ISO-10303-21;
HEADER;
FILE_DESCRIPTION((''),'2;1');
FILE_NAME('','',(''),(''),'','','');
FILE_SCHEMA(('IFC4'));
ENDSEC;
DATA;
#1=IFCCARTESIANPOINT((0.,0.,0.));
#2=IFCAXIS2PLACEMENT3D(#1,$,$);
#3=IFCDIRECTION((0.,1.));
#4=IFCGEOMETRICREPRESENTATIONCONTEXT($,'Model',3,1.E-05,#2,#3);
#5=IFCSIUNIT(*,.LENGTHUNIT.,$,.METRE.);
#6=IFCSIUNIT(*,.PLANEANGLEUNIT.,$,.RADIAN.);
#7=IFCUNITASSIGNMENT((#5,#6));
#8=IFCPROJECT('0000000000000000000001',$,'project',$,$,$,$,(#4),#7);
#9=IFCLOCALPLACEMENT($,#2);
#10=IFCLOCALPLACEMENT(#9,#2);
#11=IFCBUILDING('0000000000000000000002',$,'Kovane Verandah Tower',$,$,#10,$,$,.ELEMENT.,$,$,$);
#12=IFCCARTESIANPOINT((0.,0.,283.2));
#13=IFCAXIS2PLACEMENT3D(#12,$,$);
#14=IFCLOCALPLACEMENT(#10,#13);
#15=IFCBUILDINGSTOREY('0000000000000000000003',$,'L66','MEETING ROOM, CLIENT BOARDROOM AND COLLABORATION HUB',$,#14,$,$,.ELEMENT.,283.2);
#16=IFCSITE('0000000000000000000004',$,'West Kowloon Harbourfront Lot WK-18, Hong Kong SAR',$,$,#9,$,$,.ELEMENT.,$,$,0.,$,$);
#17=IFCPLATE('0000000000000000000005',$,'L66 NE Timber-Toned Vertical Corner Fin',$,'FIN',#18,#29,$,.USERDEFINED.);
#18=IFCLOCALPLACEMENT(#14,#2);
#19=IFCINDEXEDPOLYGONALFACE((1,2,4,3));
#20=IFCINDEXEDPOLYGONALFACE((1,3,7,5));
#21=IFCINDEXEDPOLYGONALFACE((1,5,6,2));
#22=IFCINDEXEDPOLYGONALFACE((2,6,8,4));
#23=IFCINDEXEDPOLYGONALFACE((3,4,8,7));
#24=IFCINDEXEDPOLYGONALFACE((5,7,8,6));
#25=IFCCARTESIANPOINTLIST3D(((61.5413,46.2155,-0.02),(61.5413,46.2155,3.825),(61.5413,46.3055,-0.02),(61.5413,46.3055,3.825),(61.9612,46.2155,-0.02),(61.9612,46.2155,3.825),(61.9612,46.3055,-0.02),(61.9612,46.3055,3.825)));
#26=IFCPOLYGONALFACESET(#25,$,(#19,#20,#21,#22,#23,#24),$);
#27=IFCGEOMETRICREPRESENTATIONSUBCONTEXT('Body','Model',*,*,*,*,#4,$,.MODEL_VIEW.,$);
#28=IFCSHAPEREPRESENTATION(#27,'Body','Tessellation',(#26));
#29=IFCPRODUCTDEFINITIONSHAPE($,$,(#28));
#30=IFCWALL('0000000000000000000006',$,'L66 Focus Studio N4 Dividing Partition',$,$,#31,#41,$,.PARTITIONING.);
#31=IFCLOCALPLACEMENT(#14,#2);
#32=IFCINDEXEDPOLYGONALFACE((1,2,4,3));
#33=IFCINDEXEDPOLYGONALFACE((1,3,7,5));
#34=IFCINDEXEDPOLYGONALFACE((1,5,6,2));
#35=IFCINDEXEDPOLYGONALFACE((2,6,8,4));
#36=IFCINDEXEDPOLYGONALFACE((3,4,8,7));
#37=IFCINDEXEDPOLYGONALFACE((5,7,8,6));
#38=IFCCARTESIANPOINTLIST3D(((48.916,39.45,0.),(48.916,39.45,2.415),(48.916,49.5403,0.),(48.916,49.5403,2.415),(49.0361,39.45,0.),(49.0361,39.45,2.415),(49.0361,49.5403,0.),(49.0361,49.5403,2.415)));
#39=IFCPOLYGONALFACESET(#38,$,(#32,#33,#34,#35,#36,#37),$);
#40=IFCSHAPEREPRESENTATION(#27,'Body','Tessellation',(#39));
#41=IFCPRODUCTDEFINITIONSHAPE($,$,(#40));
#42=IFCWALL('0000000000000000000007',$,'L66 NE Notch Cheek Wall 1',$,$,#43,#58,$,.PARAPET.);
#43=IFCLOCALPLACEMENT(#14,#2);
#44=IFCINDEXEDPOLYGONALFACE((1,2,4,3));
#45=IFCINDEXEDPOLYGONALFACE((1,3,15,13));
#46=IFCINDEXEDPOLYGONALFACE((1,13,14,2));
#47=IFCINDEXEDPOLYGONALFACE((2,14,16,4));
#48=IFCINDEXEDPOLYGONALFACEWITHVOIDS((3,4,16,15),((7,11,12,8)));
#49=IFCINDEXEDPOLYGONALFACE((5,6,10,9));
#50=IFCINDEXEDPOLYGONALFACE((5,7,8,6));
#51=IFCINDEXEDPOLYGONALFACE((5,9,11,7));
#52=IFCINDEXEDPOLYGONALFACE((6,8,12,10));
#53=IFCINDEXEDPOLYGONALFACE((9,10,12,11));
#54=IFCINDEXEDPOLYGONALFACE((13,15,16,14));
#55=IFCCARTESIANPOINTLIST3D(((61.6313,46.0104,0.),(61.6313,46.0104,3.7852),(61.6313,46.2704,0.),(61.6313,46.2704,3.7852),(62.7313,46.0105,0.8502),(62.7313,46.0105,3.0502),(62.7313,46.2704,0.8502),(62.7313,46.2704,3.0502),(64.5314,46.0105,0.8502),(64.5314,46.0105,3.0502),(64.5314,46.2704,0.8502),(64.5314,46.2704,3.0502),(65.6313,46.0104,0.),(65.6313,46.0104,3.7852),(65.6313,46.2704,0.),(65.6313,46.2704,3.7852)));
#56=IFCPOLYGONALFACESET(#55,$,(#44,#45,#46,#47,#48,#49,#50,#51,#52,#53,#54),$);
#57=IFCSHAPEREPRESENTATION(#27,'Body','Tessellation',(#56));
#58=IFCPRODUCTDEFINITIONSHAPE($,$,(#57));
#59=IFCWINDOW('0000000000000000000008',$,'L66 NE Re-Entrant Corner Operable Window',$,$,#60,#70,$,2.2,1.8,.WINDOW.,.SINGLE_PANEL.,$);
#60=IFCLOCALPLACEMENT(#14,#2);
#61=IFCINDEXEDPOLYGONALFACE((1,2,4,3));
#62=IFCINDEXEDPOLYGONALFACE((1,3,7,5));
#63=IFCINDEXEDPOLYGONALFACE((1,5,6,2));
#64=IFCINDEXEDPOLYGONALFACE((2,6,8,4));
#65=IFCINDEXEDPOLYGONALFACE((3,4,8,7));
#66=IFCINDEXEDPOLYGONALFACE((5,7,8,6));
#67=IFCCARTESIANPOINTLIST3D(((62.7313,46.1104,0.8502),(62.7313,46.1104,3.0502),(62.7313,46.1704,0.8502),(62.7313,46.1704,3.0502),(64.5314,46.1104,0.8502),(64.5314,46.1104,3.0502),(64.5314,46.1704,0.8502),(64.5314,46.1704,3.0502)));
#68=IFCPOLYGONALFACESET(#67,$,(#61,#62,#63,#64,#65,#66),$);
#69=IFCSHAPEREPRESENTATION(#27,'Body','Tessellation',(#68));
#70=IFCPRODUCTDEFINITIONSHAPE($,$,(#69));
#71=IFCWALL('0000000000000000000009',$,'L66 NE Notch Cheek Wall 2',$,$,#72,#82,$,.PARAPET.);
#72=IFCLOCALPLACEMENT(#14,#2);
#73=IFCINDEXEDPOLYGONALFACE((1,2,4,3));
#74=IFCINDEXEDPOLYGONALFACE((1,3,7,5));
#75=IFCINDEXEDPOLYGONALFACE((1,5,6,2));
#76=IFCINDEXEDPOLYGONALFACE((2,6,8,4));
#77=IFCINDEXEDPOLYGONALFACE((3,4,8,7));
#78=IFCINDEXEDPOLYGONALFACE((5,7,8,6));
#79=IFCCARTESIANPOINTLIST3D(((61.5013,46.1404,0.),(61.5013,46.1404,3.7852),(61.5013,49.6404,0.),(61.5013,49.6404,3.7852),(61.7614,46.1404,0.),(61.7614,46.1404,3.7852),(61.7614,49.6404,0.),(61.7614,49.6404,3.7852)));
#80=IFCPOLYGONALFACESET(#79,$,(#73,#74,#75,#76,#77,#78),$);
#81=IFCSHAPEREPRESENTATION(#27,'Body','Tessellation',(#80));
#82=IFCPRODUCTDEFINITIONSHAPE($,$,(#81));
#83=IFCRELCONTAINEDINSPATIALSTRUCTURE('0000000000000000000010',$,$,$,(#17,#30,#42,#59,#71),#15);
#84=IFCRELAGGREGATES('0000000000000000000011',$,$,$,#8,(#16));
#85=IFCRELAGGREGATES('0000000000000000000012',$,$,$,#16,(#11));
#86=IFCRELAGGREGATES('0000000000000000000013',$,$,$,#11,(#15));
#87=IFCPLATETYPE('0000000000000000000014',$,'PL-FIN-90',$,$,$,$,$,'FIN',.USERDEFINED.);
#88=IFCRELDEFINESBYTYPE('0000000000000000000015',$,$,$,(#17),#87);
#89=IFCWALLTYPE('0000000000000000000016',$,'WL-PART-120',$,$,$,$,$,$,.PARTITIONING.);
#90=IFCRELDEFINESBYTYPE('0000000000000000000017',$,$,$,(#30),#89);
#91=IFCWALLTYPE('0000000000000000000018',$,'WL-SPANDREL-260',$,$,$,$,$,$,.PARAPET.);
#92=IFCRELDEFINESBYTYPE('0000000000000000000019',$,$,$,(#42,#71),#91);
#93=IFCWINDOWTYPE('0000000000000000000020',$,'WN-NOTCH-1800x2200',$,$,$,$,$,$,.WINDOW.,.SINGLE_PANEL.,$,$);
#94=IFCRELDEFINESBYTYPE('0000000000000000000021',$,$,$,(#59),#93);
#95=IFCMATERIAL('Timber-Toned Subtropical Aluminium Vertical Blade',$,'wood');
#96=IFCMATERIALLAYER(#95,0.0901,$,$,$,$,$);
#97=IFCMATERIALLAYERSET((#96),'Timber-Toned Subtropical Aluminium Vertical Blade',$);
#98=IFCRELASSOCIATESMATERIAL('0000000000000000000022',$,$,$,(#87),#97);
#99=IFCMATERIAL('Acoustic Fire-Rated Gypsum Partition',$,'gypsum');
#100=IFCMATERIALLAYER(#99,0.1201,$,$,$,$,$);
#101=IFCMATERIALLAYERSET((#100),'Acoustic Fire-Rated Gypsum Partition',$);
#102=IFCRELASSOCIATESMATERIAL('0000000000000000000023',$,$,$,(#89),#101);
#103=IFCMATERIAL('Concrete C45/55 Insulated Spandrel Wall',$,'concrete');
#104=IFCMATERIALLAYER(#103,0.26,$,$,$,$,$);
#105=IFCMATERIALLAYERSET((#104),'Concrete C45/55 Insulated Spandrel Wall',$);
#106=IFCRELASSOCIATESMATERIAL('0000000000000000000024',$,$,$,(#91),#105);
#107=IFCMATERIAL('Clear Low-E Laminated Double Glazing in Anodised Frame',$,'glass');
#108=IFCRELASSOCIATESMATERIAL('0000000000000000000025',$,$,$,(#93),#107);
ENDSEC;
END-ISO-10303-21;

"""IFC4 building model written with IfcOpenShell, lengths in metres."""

from ifc_helpers import new_model, si_unit, direction, frame, frame_2d, origin, origin_2d, place, context, subcontext, project, spatial, rectangle, extrude, material, layer, layer_set, type_object, element, fill, save


model = new_model("IFC4")

# Units and contexts
model_context = context("Model", 3, precision=1e-05, world=origin(), true_north=direction((0.0, 1.0)))
body_context = subcontext(model_context, "Body", "Model", "MODEL_VIEW")
ifc_project = project(units=[si_unit("LENGTHUNIT", "METRE"), si_unit("PLANEANGLEUNIT", "RADIAN")], contexts=[model_context])

# Site, building, storey
site_placement = place(None, origin())
site = spatial("IfcSite", under=ifc_project, at=site_placement, Name="West Kowloon Harbourfront Lot WK-18, Hong Kong SAR", CompositionType="ELEMENT", RefElevation=0.0)
building_placement = place(site_placement, origin())
building = spatial("IfcBuilding", under=site, at=building_placement, Name="Kovane Verandah Tower", CompositionType="ELEMENT")
storey_placement = place(building_placement, frame((0.0, 0.0, 283.2)))
storey = spatial("IfcBuildingStorey", under=building, at=storey_placement, Name="L66", Description="MEETING ROOM, CLIENT BOARDROOM AND COLLABORATION HUB", CompositionType="ELEMENT", Elevation=283.2)

# Plate
ifc_material_1 = material(Name="Timber-Toned Subtropical Aluminium Vertical Blade", Category="wood")
ifc_layer_1 = layer(ifc_material_1, 0.0901)
ifc_layer_set_1 = layer_set([ifc_layer_1], Name="Timber-Toned Subtropical Aluminium Vertical Blade")
plate_type = type_object("IfcPlateType", Name="PL-FIN-90", ElementType="FIN", PredefinedType="USERDEFINED", material=ifc_layer_set_1)
plate_placement = place(storey_placement, frame((61.7512, 46.2605, -0.02), z_axis=(0.0, 0.0, 1.0), x_axis=(1.0, 0.0, 0.0)))
element("IfcPlate", 1, at=plate_placement, inside=storey, type_object=plate_type, Name="L66 NE Timber-Toned Vertical Corner Fin", ObjectType="FIN", PredefinedType="USERDEFINED", context=body_context, shape_type="SweptSolid", body=[
    extrude(rectangle(XDim=0.4199, YDim=0.0901, at=origin_2d()), origin(), (0.0, 0.0, 1.0), 3.845),
])

# Wall
ifc_material_2 = material(Name="Acoustic Fire-Rated Gypsum Partition", Category="gypsum")
ifc_layer_2 = layer(ifc_material_2, 0.1201)
ifc_layer_set_2 = layer_set([ifc_layer_2], Name="Acoustic Fire-Rated Gypsum Partition")
wall_type_1 = type_object("IfcWallType", Name="WL-PART-120", PredefinedType="PARTITIONING", material=ifc_layer_set_2)
wall_1_placement = place(storey_placement, frame((48.9761, 39.45, 0.0), z_axis=(0.0, 0.0, 1.0), x_axis=(0.0, 1.0, 0.0)))
element("IfcWall", 2, at=wall_1_placement, inside=storey, type_object=wall_type_1, Name="L66 Focus Studio N4 Dividing Partition", PredefinedType="PARTITIONING", context=body_context, shape_type="SweptSolid", body=[
    extrude(rectangle(XDim=10.0903, YDim=0.1201, at=frame_2d((5.0452, 0.0))), origin(), (0.0, 0.0, 1.0), 2.415),
])

# Shared definitions
ifc_material_3 = material(Name="Concrete C45/55 Insulated Spandrel Wall", Category="concrete")
ifc_layer_3 = layer(ifc_material_3, 0.26)
ifc_layer_set_3 = layer_set([ifc_layer_3], Name="Concrete C45/55 Insulated Spandrel Wall")
wall_type_2 = type_object("IfcWallType", Name="WL-SPANDREL-260", PredefinedType="PARAPET", material=ifc_layer_set_3)
ifc_material_4 = material(Name="Clear Low-E Laminated Double Glazing in Anodised Frame", Category="glass")

# Wall, opening, window
wall_2_placement = place(storey_placement, frame((65.6313, 46.1404, 0.0), z_axis=(0.0, 0.0, 1.0), x_axis=(-1.0, 0.0, 0.0)))
wall_2 = element("IfcWall", 3, at=wall_2_placement, inside=storey, type_object=wall_type_2, Name="L66 NE Notch Cheek Wall 1", PredefinedType="PARAPET", context=body_context, shape_type="SweptSolid", body=[
    extrude(rectangle(XDim=4.0, YDim=0.26, at=frame_2d((2.0, 0.0))), origin(), (0.0, 0.0, 1.0), 3.7852),
])
opening_1_placement = place(wall_2_placement, frame((1.1001, 0.0, 0.8501)))
opening_1 = element("IfcOpeningElement", 4, at=opening_1_placement, cuts=wall_2, PredefinedType="OPENING", context=body_context, shape_type="SweptSolid", body=[
    extrude(rectangle(XDim=1.8, YDim=2.2, at=frame_2d((0.8999, 1.1001))), frame((0.0, 0.1299, 0.0), z_axis=(0.0, -1.0, 0.0), x_axis=(1.0, 0.0, 0.0)), (0.0, 0.0, 1.0), 0.26),
])
window_type_1 = type_object("IfcWindowType", Name="WN-NOTCH-1800x2200", PartitioningType="SINGLE_PANEL", PredefinedType="WINDOW", material=ifc_material_4)
window_1_placement = place(opening_1_placement, origin())
window_1 = element("IfcWindow", 5, at=window_1_placement, inside=storey, type_object=window_type_1, Name="L66 NE Re-Entrant Corner Operable Window", OverallHeight=2.2, OverallWidth=1.8, PartitioningType="SINGLE_PANEL", PredefinedType="WINDOW", context=body_context, shape_type="SweptSolid", body=[
    extrude(rectangle(XDim=1.8, YDim=2.2, at=frame_2d((0.8999, 1.1001))), frame((0.0, 0.03, 0.0), z_axis=(0.0, -1.0, 0.0), x_axis=(1.0, 0.0, 0.0)), (0.0, 0.0, 1.0), 0.0601),
])
fill(opening_1, window_1)

# Wall
wall_3_placement = place(storey_placement, frame((61.6313, 46.1404, 0.0), z_axis=(0.0, 0.0, 1.0), x_axis=(0.0, 1.0, 0.0)))
element("IfcWall", 6, at=wall_3_placement, inside=storey, type_object=wall_type_2, Name="L66 NE Notch Cheek Wall 2", PredefinedType="PARAPET", context=body_context, shape_type="SweptSolid", body=[
    extrude(rectangle(XDim=3.5, YDim=0.26, at=frame_2d((1.75, 0.0))), origin(), (0.0, 0.0, 1.0), 3.7852),
])

save(model, "model.ifc")
